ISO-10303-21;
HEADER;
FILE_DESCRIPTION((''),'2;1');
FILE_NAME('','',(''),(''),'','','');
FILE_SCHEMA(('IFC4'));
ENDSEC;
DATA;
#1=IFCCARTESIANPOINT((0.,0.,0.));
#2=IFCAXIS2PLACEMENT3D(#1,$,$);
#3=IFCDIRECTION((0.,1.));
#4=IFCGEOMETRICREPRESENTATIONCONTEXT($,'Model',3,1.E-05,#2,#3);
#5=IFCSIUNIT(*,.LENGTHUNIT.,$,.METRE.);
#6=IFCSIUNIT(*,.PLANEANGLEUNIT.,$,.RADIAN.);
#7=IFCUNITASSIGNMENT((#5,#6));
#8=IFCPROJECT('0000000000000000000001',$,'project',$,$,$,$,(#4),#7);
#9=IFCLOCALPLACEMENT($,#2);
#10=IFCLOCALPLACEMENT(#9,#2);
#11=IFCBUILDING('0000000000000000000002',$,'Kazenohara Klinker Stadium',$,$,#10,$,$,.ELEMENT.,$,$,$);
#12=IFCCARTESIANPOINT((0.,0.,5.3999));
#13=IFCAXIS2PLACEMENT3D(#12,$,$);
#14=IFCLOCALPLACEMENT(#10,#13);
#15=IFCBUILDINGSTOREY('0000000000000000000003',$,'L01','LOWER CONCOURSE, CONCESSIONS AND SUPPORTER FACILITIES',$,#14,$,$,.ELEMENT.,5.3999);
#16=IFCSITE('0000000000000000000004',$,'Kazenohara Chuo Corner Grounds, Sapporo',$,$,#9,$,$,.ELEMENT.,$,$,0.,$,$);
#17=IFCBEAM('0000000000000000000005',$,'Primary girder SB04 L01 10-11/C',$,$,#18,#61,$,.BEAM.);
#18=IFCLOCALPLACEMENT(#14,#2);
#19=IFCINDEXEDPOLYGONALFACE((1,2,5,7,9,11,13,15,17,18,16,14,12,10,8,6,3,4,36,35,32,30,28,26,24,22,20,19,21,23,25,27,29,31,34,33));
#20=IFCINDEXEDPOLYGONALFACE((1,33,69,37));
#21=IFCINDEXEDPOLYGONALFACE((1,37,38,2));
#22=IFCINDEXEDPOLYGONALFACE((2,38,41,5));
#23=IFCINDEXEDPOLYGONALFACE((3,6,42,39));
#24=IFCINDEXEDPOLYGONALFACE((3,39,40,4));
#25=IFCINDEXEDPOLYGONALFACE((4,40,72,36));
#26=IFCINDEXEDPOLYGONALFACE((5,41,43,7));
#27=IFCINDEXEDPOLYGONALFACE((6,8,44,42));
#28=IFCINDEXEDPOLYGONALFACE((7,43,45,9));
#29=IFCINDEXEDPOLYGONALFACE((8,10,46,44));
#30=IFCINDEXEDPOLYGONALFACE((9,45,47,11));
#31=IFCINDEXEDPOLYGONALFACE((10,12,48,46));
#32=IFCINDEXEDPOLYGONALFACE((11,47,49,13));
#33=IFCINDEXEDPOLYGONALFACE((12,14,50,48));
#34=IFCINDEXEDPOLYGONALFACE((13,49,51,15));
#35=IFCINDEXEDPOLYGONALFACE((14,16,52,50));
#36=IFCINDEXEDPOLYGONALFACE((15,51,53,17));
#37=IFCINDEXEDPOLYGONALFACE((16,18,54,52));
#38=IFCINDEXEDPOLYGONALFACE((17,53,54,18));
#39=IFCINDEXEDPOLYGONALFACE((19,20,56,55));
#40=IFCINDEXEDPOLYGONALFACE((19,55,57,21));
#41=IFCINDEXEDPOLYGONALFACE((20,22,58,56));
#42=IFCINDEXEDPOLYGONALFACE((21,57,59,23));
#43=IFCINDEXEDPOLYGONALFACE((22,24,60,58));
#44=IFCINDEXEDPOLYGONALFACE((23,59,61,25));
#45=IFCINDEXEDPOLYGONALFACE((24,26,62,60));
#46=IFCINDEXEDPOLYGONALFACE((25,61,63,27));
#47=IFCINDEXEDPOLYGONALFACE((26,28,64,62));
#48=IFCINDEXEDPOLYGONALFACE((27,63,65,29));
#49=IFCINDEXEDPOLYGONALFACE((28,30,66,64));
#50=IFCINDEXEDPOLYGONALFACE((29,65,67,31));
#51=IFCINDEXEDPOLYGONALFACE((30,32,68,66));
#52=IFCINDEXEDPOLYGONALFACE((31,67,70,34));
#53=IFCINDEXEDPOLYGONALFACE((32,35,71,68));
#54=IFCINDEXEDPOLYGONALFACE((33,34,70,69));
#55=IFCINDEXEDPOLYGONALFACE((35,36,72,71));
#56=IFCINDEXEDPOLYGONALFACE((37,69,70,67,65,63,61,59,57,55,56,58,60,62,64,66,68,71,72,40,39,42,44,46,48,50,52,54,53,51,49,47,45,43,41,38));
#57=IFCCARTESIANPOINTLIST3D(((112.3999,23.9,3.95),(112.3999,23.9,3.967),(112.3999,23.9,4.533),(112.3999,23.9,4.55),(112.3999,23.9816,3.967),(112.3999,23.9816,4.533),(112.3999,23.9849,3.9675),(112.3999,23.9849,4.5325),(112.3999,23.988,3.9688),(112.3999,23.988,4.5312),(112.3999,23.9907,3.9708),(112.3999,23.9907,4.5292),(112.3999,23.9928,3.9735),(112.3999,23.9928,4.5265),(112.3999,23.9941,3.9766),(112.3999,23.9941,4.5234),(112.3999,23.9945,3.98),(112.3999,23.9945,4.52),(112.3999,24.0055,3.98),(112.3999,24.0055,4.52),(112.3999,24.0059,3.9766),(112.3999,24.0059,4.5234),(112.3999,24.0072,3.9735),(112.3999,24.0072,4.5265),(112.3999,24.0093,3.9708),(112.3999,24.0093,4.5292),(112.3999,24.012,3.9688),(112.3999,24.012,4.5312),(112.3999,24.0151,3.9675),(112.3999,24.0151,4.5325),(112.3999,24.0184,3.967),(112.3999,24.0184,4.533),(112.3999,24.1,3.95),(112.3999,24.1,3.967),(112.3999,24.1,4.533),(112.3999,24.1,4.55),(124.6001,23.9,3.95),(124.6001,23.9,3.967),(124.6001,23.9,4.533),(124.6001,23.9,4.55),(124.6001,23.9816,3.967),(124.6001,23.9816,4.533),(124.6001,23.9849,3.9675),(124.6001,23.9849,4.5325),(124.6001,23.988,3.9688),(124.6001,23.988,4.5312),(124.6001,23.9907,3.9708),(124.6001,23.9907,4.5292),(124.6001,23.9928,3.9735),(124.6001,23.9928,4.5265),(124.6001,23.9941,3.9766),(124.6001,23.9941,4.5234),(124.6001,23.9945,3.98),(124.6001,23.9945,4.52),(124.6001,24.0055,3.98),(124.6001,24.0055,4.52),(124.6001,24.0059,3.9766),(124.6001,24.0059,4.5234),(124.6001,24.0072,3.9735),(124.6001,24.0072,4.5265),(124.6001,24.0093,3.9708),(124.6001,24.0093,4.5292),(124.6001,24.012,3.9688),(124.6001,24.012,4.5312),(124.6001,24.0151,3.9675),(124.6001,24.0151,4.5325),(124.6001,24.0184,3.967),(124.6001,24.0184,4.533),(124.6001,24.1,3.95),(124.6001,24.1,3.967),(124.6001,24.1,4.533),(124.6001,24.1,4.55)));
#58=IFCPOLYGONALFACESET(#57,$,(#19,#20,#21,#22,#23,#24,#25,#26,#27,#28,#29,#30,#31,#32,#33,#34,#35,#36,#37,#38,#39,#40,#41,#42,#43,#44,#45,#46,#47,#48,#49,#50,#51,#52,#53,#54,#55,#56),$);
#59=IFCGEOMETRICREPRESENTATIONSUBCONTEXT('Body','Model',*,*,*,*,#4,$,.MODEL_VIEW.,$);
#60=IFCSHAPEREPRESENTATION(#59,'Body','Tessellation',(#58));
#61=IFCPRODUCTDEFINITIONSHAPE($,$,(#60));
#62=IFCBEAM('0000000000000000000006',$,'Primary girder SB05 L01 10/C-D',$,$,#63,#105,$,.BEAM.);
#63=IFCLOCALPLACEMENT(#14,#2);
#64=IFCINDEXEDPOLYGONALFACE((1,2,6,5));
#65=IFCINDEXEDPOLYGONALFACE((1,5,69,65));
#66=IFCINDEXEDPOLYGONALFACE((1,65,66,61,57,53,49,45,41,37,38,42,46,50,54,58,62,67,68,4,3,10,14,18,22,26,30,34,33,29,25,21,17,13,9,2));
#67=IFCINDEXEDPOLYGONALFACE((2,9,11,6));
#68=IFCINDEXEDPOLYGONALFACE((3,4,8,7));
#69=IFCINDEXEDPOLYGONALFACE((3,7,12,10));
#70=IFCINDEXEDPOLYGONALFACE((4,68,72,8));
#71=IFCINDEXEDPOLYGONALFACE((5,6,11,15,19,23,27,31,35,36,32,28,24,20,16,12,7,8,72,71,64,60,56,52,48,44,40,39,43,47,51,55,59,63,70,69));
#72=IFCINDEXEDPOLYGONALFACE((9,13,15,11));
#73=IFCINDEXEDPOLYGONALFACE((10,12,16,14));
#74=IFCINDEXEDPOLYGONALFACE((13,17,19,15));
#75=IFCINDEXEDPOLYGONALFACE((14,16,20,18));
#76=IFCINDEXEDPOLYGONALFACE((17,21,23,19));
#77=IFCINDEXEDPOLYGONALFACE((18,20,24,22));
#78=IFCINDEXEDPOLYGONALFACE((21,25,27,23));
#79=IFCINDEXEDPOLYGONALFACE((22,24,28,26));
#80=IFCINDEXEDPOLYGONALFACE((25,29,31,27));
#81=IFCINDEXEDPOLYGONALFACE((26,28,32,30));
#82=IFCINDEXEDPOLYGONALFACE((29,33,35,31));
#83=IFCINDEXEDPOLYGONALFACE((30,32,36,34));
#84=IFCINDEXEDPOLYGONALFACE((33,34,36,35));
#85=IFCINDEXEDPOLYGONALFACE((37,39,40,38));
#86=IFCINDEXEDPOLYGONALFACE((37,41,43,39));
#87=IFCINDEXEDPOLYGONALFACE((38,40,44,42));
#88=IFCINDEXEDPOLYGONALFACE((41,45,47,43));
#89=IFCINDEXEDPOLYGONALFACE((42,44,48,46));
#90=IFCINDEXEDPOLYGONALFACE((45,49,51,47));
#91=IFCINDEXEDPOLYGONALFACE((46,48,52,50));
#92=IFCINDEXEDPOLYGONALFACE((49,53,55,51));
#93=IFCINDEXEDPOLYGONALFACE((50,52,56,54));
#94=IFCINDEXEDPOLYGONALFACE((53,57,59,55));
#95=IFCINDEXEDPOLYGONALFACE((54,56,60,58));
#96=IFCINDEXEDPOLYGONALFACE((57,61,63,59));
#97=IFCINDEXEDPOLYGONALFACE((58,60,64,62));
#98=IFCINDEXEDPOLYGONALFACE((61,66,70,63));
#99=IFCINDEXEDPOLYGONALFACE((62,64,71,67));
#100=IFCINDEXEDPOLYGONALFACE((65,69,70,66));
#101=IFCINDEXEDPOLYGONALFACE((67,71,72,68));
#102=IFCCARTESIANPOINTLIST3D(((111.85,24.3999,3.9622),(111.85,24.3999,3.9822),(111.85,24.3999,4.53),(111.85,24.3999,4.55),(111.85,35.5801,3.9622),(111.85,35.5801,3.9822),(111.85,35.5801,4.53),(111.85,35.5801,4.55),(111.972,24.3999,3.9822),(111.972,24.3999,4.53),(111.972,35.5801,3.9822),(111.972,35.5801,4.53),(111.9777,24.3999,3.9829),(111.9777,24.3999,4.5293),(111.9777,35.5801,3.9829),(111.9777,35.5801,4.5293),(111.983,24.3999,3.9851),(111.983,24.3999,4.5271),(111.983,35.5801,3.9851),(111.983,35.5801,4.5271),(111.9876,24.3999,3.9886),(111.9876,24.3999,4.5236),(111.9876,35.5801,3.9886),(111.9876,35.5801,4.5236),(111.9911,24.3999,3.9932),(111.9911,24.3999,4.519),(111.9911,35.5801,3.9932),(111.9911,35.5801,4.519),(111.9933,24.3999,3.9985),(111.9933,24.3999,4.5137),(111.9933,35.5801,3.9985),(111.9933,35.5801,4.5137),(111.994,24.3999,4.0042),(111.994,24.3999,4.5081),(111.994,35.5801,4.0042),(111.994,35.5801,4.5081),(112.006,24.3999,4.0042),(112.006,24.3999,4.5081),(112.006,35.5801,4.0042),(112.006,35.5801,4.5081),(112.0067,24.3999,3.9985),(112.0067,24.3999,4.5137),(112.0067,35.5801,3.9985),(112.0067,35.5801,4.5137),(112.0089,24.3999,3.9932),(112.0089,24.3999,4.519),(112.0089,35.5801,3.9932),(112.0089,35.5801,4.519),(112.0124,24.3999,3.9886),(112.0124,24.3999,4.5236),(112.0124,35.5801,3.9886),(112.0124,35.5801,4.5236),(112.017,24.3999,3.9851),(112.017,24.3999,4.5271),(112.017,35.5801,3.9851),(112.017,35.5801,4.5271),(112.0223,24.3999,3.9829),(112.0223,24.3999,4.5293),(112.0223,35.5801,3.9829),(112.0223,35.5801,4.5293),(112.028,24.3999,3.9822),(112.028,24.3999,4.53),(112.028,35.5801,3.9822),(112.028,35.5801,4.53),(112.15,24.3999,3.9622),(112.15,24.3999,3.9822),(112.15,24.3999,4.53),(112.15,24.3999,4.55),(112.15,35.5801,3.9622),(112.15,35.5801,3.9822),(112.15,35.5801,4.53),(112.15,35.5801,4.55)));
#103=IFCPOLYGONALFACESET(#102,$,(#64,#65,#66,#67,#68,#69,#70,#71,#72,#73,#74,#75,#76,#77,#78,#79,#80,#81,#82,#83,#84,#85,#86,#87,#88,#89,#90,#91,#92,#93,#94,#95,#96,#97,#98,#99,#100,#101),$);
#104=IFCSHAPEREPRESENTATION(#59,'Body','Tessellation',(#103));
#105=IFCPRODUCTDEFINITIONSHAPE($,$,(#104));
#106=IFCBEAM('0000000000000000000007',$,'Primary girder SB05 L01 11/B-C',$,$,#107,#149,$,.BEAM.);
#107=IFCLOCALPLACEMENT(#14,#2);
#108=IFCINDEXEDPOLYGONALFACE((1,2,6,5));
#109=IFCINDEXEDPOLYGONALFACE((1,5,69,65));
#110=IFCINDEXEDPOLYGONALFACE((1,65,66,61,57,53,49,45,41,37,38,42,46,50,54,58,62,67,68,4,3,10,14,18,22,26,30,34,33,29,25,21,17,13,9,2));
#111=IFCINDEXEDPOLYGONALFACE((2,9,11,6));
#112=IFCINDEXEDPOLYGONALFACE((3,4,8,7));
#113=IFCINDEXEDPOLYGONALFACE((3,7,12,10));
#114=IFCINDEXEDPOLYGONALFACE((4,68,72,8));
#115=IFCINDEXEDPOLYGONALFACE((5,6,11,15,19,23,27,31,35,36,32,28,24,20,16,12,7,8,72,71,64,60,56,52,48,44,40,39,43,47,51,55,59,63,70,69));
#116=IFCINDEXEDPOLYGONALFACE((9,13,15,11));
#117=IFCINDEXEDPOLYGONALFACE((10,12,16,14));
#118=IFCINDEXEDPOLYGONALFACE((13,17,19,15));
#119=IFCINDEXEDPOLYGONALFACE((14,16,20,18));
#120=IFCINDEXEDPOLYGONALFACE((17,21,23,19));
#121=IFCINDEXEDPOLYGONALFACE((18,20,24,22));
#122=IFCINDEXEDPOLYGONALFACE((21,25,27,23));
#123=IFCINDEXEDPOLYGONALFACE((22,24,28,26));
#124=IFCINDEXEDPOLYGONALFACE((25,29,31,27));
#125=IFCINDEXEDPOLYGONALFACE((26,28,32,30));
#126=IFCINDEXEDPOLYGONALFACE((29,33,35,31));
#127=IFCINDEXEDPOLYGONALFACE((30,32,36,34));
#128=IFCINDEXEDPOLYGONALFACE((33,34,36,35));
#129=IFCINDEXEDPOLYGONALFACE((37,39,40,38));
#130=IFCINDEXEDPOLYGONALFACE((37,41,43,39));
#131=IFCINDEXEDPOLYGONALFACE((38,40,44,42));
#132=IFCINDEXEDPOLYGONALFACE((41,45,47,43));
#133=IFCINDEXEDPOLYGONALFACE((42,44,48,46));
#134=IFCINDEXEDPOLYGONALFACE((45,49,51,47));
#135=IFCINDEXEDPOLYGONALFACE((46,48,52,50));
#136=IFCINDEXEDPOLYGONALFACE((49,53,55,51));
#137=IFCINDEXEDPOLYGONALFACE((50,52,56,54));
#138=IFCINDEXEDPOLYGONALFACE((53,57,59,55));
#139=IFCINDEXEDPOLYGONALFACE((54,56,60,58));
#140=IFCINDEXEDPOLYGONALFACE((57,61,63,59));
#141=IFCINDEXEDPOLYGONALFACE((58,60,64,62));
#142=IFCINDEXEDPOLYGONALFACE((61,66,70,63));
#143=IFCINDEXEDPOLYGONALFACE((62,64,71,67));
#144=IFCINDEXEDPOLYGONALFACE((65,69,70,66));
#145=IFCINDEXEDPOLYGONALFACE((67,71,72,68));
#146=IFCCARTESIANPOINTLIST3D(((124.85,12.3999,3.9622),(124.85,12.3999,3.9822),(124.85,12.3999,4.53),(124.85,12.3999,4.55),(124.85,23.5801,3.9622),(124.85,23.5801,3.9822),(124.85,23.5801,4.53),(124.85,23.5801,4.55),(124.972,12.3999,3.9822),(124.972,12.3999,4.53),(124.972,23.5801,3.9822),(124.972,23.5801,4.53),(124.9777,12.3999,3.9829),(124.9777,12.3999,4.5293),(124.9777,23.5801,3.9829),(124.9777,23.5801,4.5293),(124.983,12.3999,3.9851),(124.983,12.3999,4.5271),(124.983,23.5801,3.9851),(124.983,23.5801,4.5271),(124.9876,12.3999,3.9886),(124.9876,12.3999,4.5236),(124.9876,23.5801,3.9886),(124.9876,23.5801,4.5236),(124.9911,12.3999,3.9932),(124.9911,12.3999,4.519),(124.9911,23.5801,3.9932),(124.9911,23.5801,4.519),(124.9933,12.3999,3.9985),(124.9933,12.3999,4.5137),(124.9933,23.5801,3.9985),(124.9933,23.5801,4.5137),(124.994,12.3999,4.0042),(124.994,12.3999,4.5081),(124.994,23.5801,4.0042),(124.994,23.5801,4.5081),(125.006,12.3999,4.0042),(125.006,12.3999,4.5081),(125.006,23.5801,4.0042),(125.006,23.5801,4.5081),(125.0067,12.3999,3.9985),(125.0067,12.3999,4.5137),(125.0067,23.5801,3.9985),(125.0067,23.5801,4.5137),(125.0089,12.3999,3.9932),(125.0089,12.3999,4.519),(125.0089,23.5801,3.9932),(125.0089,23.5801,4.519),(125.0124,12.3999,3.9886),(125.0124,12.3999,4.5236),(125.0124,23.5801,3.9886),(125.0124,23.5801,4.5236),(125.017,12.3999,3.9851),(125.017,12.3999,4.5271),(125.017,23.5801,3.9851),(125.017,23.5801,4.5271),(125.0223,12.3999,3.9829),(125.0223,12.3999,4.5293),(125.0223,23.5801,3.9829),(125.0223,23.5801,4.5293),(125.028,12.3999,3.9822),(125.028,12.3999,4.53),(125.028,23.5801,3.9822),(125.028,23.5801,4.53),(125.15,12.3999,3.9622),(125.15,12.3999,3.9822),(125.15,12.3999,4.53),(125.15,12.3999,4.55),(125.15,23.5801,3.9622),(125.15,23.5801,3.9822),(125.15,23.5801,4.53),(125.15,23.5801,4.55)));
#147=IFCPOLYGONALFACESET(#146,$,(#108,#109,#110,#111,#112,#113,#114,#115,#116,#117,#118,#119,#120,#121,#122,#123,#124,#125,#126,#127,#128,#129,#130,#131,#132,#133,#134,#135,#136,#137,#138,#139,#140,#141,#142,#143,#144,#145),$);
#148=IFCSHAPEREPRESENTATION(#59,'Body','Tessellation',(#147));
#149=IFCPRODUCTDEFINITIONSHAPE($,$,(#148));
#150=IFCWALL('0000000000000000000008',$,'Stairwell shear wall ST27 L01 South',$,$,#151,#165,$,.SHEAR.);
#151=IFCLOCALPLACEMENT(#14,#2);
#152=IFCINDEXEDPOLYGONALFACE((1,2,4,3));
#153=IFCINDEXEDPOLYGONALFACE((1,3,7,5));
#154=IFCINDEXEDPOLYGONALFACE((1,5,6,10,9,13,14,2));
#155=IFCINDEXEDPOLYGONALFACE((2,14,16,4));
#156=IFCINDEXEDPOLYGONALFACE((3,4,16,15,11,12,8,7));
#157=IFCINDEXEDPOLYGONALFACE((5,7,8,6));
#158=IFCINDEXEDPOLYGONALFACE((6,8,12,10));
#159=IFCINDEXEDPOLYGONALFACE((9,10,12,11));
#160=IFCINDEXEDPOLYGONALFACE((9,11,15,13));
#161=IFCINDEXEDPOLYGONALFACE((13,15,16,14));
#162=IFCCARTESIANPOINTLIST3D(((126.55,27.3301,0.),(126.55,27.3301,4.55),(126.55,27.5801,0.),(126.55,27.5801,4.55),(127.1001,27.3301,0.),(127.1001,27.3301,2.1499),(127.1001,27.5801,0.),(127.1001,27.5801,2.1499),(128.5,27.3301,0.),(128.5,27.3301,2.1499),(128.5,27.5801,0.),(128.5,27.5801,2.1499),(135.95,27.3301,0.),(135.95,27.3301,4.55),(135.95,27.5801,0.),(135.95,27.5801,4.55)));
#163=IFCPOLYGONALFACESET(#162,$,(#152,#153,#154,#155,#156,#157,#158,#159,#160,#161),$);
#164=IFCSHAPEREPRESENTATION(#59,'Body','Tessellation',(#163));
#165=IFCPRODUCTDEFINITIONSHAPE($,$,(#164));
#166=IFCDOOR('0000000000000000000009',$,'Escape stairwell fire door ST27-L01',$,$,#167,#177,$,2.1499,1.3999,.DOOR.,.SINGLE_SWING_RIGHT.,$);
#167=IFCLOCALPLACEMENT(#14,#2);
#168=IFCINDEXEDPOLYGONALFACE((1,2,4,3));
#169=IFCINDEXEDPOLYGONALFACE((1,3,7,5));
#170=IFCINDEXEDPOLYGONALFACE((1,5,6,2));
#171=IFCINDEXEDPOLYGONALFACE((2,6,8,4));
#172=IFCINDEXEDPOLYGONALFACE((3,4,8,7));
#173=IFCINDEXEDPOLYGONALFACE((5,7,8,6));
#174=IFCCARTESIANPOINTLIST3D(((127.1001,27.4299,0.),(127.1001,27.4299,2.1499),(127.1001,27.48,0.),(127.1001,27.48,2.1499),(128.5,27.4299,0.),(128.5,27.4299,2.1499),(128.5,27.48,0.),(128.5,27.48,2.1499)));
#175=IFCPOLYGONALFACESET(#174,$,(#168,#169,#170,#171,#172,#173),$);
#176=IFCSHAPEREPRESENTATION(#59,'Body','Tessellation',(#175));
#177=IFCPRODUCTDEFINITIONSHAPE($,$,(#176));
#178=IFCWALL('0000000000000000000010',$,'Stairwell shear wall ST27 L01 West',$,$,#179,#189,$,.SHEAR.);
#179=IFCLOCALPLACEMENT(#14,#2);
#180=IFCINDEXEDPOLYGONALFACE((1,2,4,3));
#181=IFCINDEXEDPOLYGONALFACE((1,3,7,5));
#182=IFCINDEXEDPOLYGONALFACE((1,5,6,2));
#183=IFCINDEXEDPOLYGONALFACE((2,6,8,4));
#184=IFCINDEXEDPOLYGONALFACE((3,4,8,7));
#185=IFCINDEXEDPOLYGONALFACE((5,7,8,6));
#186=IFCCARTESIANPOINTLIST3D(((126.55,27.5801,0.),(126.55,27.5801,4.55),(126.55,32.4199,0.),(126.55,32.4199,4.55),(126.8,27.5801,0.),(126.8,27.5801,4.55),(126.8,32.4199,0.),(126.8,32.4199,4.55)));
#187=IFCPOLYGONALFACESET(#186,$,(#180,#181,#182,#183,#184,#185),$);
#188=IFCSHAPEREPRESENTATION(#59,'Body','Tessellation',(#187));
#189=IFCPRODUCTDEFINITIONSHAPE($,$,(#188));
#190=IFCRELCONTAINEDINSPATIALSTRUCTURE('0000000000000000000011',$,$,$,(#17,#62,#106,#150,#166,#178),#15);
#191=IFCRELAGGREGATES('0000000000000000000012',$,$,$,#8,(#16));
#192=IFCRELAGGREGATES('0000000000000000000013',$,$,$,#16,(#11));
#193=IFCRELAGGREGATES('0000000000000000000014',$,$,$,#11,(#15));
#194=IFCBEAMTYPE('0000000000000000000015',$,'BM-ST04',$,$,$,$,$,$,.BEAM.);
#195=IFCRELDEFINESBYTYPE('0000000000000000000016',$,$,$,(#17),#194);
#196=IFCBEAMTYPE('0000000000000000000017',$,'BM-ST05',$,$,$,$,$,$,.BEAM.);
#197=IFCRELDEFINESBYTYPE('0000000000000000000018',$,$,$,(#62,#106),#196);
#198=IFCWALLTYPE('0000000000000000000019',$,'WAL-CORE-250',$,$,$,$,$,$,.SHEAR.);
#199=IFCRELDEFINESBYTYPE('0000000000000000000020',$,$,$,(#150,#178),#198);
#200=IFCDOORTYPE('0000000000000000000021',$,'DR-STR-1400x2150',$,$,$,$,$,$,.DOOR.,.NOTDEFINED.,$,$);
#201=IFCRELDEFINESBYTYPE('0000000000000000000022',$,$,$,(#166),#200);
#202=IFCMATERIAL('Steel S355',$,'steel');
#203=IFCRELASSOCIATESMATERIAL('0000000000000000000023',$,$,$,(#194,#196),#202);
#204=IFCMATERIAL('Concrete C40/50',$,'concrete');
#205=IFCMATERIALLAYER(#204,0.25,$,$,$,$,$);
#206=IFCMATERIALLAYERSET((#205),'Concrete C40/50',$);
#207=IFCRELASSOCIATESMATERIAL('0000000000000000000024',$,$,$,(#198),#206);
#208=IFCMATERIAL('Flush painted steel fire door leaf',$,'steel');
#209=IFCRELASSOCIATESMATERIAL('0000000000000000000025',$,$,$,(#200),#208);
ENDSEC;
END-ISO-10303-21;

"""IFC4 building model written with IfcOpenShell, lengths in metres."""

from ifc_helpers import new_model, si_unit, direction, frame, frame_2d, origin, origin_2d, place, context, subcontext, project, spatial, rectangle, i_section, extrude, material, layer, layer_set, material_profile, profile_set, type_object, element, fill, save


model = new_model("IFC4")

# Units and contexts
model_context = context("Model", 3, precision=1e-05, world=origin(), true_north=direction((0.0, 1.0)))
body_context = subcontext(model_context, "Body", "Model", "MODEL_VIEW")
ifc_project = project(units=[si_unit("LENGTHUNIT", "METRE"), si_unit("PLANEANGLEUNIT", "RADIAN")], contexts=[model_context])

# Site, building, storey
site_placement = place(None, origin())
site = spatial("IfcSite", under=ifc_project, at=site_placement, Name="Kazenohara Chuo Corner Grounds, Sapporo", CompositionType="ELEMENT", RefElevation=0.0)
building_placement = place(site_placement, origin())
building = spatial("IfcBuilding", under=site, at=building_placement, Name="Kazenohara Klinker Stadium", CompositionType="ELEMENT")
storey_placement = place(building_placement, frame((0.0, 0.0, 5.3999)))
storey = spatial("IfcBuildingStorey", under=building, at=storey_placement, Name="L01", Description="LOWER CONCOURSE, CONCESSIONS AND SUPPORTER FACILITIES", CompositionType="ELEMENT", Elevation=5.3999)

# Shared definitions
ifc_material_1 = material(Name="Concrete C40/50", Category="concrete")

# Beams
ifc_material_2 = material(Name="Steel S355", Category="steel")
ifc_material_profile_1 = material_profile(ifc_material_2, i_section(OverallWidth=0.2, OverallDepth=0.6001, WebThickness=0.011, FlangeThickness=0.0171, FilletRadius=0.0129, at=origin_2d()), Name="H-600x200x11x17")
ifc_profile_set_1 = profile_set([ifc_material_profile_1], Name="Steel S355")
beam_type_1 = type_object("IfcBeamType", Name="BM-ST04", PredefinedType="BEAM", material=ifc_profile_set_1)
beam_1_placement = place(storey_placement, frame((112.3999, 24.0, 4.25), z_axis=(1.0, 0.0, 0.0), x_axis=(0.0, 1.0, 0.0)))
element("IfcBeam", 1, at=beam_1_placement, inside=storey, type_object=beam_type_1, Name="Primary girder SB04 L01 10-11/C", PredefinedType="BEAM", context=body_context, shape_type="SweptSolid", body=[
    extrude(i_section(OverallWidth=0.2, OverallDepth=0.6001, WebThickness=0.011, FlangeThickness=0.0171, FilletRadius=0.0129, at=origin_2d()), origin(), (0.0, 0.0, 1.0), 12.2002),
])
ifc_material_profile_2 = material_profile(ifc_material_2, i_section(OverallWidth=0.3, OverallDepth=0.5879, WebThickness=0.012, FlangeThickness=0.02, FilletRadius=0.022, at=origin_2d()), Name="H-588x300x12x20")
ifc_profile_set_2 = profile_set([ifc_material_profile_2], Name="Steel S355")
beam_type_2 = type_object("IfcBeamType", Name="BM-ST05", PredefinedType="BEAM", material=ifc_profile_set_2)
for number, where, z_axis, x_axis, name in (
    (2, (112.0, 24.3999, 4.2561), (0.0, 1.0, 0.0), (-1.0, 0.0, 0.0), "Primary girder SB05 L01 10/C-D"),
    (3, (125.0, 12.3999, 4.2561), (0.0, 1.0, 0.0), (-1.0, 0.0, 0.0), "Primary girder SB05 L01 11/B-C"),
):
    element("IfcBeam", number, at=place(storey_placement, frame(where, z_axis=z_axis, x_axis=x_axis)), inside=storey, type_object=beam_type_2, Name=name, PredefinedType="BEAM", context=body_context, shape_type="SweptSolid", body=[
        extrude(i_section(OverallWidth=0.3, OverallDepth=0.5879, WebThickness=0.012, FlangeThickness=0.02, FilletRadius=0.022, at=origin_2d()), origin(), (0.0, 0.0, 1.0), 11.1802),
    ])

# Wall, opening, door
ifc_layer_1 = layer(ifc_material_1, 0.25)
ifc_layer_set_1 = layer_set([ifc_layer_1], Name="Concrete C40/50")
wall_type_1 = type_object("IfcWallType", Name="WAL-CORE-250", PredefinedType="SHEAR", material=ifc_layer_set_1)
wall_1_placement = place(storey_placement, frame((126.55, 27.4551, 0.0), z_axis=(0.0, 0.0, 1.0), x_axis=(1.0, 0.0, 0.0)))
wall_1 = element("IfcWall", 4, at=wall_1_placement, inside=storey, type_object=wall_type_1, Name="Stairwell shear wall ST27 L01 South", PredefinedType="SHEAR", context=body_context, shape_type="SweptSolid", body=[
    extrude(rectangle(XDim=9.3999, YDim=0.25, at=frame_2d((4.7, 0.0))), origin(), (0.0, 0.0, 1.0), 4.55),
])
opening_1_placement = place(wall_1_placement, frame((0.55, 0.0, 0.0)))
opening_1 = element("IfcOpeningElement", 5, at=opening_1_placement, cuts=wall_1, PredefinedType="OPENING", context=body_context, shape_type="SweptSolid", body=[
    extrude(rectangle(XDim=1.3999, YDim=2.1499, at=frame_2d((0.7, 1.075))), frame((0.0, 0.135, 0.0), z_axis=(0.0, -1.0, 0.0), x_axis=(1.0, 0.0, 0.0)), (0.0, 0.0, 1.0), 0.27),
])
ifc_material_3 = material(Name="Flush painted steel fire door leaf", Category="steel")
door_type_1 = type_object("IfcDoorType", Name="DR-STR-1400x2150", OperationType="NOTDEFINED", PredefinedType="DOOR", material=ifc_material_3)
door_1_placement = place(opening_1_placement, origin())
door_1 = element("IfcDoor", 6, at=door_1_placement, inside=storey, type_object=door_type_1, Name="Escape stairwell fire door ST27-L01", OperationType="SINGLE_SWING_RIGHT", OverallHeight=2.1499, OverallWidth=1.3999, PredefinedType="DOOR", context=body_context, shape_type="SweptSolid", body=[
    extrude(rectangle(XDim=1.3999, YDim=2.1499, at=frame_2d((0.7, 1.075))), frame((0.0, 0.0249, 0.0), z_axis=(0.0, -1.0, 0.0), x_axis=(1.0, 0.0, 0.0)), (0.0, 0.0, 1.0), 0.05),
])
fill(opening_1, door_1)

# Wall
wall_2_placement = place(storey_placement, frame((126.675, 27.5801, 0.0), z_axis=(0.0, 0.0, 1.0), x_axis=(0.0, 1.0, 0.0)))
element("IfcWall", 7, at=wall_2_placement, inside=storey, type_object=wall_type_1, Name="Stairwell shear wall ST27 L01 West", PredefinedType="SHEAR", context=body_context, shape_type="SweptSolid", body=[
    extrude(rectangle(XDim=4.8398, YDim=0.25, at=frame_2d((2.4199, 0.0))), origin(), (0.0, 0.0, 1.0), 4.55),
])

save(model, "model.ifc")
